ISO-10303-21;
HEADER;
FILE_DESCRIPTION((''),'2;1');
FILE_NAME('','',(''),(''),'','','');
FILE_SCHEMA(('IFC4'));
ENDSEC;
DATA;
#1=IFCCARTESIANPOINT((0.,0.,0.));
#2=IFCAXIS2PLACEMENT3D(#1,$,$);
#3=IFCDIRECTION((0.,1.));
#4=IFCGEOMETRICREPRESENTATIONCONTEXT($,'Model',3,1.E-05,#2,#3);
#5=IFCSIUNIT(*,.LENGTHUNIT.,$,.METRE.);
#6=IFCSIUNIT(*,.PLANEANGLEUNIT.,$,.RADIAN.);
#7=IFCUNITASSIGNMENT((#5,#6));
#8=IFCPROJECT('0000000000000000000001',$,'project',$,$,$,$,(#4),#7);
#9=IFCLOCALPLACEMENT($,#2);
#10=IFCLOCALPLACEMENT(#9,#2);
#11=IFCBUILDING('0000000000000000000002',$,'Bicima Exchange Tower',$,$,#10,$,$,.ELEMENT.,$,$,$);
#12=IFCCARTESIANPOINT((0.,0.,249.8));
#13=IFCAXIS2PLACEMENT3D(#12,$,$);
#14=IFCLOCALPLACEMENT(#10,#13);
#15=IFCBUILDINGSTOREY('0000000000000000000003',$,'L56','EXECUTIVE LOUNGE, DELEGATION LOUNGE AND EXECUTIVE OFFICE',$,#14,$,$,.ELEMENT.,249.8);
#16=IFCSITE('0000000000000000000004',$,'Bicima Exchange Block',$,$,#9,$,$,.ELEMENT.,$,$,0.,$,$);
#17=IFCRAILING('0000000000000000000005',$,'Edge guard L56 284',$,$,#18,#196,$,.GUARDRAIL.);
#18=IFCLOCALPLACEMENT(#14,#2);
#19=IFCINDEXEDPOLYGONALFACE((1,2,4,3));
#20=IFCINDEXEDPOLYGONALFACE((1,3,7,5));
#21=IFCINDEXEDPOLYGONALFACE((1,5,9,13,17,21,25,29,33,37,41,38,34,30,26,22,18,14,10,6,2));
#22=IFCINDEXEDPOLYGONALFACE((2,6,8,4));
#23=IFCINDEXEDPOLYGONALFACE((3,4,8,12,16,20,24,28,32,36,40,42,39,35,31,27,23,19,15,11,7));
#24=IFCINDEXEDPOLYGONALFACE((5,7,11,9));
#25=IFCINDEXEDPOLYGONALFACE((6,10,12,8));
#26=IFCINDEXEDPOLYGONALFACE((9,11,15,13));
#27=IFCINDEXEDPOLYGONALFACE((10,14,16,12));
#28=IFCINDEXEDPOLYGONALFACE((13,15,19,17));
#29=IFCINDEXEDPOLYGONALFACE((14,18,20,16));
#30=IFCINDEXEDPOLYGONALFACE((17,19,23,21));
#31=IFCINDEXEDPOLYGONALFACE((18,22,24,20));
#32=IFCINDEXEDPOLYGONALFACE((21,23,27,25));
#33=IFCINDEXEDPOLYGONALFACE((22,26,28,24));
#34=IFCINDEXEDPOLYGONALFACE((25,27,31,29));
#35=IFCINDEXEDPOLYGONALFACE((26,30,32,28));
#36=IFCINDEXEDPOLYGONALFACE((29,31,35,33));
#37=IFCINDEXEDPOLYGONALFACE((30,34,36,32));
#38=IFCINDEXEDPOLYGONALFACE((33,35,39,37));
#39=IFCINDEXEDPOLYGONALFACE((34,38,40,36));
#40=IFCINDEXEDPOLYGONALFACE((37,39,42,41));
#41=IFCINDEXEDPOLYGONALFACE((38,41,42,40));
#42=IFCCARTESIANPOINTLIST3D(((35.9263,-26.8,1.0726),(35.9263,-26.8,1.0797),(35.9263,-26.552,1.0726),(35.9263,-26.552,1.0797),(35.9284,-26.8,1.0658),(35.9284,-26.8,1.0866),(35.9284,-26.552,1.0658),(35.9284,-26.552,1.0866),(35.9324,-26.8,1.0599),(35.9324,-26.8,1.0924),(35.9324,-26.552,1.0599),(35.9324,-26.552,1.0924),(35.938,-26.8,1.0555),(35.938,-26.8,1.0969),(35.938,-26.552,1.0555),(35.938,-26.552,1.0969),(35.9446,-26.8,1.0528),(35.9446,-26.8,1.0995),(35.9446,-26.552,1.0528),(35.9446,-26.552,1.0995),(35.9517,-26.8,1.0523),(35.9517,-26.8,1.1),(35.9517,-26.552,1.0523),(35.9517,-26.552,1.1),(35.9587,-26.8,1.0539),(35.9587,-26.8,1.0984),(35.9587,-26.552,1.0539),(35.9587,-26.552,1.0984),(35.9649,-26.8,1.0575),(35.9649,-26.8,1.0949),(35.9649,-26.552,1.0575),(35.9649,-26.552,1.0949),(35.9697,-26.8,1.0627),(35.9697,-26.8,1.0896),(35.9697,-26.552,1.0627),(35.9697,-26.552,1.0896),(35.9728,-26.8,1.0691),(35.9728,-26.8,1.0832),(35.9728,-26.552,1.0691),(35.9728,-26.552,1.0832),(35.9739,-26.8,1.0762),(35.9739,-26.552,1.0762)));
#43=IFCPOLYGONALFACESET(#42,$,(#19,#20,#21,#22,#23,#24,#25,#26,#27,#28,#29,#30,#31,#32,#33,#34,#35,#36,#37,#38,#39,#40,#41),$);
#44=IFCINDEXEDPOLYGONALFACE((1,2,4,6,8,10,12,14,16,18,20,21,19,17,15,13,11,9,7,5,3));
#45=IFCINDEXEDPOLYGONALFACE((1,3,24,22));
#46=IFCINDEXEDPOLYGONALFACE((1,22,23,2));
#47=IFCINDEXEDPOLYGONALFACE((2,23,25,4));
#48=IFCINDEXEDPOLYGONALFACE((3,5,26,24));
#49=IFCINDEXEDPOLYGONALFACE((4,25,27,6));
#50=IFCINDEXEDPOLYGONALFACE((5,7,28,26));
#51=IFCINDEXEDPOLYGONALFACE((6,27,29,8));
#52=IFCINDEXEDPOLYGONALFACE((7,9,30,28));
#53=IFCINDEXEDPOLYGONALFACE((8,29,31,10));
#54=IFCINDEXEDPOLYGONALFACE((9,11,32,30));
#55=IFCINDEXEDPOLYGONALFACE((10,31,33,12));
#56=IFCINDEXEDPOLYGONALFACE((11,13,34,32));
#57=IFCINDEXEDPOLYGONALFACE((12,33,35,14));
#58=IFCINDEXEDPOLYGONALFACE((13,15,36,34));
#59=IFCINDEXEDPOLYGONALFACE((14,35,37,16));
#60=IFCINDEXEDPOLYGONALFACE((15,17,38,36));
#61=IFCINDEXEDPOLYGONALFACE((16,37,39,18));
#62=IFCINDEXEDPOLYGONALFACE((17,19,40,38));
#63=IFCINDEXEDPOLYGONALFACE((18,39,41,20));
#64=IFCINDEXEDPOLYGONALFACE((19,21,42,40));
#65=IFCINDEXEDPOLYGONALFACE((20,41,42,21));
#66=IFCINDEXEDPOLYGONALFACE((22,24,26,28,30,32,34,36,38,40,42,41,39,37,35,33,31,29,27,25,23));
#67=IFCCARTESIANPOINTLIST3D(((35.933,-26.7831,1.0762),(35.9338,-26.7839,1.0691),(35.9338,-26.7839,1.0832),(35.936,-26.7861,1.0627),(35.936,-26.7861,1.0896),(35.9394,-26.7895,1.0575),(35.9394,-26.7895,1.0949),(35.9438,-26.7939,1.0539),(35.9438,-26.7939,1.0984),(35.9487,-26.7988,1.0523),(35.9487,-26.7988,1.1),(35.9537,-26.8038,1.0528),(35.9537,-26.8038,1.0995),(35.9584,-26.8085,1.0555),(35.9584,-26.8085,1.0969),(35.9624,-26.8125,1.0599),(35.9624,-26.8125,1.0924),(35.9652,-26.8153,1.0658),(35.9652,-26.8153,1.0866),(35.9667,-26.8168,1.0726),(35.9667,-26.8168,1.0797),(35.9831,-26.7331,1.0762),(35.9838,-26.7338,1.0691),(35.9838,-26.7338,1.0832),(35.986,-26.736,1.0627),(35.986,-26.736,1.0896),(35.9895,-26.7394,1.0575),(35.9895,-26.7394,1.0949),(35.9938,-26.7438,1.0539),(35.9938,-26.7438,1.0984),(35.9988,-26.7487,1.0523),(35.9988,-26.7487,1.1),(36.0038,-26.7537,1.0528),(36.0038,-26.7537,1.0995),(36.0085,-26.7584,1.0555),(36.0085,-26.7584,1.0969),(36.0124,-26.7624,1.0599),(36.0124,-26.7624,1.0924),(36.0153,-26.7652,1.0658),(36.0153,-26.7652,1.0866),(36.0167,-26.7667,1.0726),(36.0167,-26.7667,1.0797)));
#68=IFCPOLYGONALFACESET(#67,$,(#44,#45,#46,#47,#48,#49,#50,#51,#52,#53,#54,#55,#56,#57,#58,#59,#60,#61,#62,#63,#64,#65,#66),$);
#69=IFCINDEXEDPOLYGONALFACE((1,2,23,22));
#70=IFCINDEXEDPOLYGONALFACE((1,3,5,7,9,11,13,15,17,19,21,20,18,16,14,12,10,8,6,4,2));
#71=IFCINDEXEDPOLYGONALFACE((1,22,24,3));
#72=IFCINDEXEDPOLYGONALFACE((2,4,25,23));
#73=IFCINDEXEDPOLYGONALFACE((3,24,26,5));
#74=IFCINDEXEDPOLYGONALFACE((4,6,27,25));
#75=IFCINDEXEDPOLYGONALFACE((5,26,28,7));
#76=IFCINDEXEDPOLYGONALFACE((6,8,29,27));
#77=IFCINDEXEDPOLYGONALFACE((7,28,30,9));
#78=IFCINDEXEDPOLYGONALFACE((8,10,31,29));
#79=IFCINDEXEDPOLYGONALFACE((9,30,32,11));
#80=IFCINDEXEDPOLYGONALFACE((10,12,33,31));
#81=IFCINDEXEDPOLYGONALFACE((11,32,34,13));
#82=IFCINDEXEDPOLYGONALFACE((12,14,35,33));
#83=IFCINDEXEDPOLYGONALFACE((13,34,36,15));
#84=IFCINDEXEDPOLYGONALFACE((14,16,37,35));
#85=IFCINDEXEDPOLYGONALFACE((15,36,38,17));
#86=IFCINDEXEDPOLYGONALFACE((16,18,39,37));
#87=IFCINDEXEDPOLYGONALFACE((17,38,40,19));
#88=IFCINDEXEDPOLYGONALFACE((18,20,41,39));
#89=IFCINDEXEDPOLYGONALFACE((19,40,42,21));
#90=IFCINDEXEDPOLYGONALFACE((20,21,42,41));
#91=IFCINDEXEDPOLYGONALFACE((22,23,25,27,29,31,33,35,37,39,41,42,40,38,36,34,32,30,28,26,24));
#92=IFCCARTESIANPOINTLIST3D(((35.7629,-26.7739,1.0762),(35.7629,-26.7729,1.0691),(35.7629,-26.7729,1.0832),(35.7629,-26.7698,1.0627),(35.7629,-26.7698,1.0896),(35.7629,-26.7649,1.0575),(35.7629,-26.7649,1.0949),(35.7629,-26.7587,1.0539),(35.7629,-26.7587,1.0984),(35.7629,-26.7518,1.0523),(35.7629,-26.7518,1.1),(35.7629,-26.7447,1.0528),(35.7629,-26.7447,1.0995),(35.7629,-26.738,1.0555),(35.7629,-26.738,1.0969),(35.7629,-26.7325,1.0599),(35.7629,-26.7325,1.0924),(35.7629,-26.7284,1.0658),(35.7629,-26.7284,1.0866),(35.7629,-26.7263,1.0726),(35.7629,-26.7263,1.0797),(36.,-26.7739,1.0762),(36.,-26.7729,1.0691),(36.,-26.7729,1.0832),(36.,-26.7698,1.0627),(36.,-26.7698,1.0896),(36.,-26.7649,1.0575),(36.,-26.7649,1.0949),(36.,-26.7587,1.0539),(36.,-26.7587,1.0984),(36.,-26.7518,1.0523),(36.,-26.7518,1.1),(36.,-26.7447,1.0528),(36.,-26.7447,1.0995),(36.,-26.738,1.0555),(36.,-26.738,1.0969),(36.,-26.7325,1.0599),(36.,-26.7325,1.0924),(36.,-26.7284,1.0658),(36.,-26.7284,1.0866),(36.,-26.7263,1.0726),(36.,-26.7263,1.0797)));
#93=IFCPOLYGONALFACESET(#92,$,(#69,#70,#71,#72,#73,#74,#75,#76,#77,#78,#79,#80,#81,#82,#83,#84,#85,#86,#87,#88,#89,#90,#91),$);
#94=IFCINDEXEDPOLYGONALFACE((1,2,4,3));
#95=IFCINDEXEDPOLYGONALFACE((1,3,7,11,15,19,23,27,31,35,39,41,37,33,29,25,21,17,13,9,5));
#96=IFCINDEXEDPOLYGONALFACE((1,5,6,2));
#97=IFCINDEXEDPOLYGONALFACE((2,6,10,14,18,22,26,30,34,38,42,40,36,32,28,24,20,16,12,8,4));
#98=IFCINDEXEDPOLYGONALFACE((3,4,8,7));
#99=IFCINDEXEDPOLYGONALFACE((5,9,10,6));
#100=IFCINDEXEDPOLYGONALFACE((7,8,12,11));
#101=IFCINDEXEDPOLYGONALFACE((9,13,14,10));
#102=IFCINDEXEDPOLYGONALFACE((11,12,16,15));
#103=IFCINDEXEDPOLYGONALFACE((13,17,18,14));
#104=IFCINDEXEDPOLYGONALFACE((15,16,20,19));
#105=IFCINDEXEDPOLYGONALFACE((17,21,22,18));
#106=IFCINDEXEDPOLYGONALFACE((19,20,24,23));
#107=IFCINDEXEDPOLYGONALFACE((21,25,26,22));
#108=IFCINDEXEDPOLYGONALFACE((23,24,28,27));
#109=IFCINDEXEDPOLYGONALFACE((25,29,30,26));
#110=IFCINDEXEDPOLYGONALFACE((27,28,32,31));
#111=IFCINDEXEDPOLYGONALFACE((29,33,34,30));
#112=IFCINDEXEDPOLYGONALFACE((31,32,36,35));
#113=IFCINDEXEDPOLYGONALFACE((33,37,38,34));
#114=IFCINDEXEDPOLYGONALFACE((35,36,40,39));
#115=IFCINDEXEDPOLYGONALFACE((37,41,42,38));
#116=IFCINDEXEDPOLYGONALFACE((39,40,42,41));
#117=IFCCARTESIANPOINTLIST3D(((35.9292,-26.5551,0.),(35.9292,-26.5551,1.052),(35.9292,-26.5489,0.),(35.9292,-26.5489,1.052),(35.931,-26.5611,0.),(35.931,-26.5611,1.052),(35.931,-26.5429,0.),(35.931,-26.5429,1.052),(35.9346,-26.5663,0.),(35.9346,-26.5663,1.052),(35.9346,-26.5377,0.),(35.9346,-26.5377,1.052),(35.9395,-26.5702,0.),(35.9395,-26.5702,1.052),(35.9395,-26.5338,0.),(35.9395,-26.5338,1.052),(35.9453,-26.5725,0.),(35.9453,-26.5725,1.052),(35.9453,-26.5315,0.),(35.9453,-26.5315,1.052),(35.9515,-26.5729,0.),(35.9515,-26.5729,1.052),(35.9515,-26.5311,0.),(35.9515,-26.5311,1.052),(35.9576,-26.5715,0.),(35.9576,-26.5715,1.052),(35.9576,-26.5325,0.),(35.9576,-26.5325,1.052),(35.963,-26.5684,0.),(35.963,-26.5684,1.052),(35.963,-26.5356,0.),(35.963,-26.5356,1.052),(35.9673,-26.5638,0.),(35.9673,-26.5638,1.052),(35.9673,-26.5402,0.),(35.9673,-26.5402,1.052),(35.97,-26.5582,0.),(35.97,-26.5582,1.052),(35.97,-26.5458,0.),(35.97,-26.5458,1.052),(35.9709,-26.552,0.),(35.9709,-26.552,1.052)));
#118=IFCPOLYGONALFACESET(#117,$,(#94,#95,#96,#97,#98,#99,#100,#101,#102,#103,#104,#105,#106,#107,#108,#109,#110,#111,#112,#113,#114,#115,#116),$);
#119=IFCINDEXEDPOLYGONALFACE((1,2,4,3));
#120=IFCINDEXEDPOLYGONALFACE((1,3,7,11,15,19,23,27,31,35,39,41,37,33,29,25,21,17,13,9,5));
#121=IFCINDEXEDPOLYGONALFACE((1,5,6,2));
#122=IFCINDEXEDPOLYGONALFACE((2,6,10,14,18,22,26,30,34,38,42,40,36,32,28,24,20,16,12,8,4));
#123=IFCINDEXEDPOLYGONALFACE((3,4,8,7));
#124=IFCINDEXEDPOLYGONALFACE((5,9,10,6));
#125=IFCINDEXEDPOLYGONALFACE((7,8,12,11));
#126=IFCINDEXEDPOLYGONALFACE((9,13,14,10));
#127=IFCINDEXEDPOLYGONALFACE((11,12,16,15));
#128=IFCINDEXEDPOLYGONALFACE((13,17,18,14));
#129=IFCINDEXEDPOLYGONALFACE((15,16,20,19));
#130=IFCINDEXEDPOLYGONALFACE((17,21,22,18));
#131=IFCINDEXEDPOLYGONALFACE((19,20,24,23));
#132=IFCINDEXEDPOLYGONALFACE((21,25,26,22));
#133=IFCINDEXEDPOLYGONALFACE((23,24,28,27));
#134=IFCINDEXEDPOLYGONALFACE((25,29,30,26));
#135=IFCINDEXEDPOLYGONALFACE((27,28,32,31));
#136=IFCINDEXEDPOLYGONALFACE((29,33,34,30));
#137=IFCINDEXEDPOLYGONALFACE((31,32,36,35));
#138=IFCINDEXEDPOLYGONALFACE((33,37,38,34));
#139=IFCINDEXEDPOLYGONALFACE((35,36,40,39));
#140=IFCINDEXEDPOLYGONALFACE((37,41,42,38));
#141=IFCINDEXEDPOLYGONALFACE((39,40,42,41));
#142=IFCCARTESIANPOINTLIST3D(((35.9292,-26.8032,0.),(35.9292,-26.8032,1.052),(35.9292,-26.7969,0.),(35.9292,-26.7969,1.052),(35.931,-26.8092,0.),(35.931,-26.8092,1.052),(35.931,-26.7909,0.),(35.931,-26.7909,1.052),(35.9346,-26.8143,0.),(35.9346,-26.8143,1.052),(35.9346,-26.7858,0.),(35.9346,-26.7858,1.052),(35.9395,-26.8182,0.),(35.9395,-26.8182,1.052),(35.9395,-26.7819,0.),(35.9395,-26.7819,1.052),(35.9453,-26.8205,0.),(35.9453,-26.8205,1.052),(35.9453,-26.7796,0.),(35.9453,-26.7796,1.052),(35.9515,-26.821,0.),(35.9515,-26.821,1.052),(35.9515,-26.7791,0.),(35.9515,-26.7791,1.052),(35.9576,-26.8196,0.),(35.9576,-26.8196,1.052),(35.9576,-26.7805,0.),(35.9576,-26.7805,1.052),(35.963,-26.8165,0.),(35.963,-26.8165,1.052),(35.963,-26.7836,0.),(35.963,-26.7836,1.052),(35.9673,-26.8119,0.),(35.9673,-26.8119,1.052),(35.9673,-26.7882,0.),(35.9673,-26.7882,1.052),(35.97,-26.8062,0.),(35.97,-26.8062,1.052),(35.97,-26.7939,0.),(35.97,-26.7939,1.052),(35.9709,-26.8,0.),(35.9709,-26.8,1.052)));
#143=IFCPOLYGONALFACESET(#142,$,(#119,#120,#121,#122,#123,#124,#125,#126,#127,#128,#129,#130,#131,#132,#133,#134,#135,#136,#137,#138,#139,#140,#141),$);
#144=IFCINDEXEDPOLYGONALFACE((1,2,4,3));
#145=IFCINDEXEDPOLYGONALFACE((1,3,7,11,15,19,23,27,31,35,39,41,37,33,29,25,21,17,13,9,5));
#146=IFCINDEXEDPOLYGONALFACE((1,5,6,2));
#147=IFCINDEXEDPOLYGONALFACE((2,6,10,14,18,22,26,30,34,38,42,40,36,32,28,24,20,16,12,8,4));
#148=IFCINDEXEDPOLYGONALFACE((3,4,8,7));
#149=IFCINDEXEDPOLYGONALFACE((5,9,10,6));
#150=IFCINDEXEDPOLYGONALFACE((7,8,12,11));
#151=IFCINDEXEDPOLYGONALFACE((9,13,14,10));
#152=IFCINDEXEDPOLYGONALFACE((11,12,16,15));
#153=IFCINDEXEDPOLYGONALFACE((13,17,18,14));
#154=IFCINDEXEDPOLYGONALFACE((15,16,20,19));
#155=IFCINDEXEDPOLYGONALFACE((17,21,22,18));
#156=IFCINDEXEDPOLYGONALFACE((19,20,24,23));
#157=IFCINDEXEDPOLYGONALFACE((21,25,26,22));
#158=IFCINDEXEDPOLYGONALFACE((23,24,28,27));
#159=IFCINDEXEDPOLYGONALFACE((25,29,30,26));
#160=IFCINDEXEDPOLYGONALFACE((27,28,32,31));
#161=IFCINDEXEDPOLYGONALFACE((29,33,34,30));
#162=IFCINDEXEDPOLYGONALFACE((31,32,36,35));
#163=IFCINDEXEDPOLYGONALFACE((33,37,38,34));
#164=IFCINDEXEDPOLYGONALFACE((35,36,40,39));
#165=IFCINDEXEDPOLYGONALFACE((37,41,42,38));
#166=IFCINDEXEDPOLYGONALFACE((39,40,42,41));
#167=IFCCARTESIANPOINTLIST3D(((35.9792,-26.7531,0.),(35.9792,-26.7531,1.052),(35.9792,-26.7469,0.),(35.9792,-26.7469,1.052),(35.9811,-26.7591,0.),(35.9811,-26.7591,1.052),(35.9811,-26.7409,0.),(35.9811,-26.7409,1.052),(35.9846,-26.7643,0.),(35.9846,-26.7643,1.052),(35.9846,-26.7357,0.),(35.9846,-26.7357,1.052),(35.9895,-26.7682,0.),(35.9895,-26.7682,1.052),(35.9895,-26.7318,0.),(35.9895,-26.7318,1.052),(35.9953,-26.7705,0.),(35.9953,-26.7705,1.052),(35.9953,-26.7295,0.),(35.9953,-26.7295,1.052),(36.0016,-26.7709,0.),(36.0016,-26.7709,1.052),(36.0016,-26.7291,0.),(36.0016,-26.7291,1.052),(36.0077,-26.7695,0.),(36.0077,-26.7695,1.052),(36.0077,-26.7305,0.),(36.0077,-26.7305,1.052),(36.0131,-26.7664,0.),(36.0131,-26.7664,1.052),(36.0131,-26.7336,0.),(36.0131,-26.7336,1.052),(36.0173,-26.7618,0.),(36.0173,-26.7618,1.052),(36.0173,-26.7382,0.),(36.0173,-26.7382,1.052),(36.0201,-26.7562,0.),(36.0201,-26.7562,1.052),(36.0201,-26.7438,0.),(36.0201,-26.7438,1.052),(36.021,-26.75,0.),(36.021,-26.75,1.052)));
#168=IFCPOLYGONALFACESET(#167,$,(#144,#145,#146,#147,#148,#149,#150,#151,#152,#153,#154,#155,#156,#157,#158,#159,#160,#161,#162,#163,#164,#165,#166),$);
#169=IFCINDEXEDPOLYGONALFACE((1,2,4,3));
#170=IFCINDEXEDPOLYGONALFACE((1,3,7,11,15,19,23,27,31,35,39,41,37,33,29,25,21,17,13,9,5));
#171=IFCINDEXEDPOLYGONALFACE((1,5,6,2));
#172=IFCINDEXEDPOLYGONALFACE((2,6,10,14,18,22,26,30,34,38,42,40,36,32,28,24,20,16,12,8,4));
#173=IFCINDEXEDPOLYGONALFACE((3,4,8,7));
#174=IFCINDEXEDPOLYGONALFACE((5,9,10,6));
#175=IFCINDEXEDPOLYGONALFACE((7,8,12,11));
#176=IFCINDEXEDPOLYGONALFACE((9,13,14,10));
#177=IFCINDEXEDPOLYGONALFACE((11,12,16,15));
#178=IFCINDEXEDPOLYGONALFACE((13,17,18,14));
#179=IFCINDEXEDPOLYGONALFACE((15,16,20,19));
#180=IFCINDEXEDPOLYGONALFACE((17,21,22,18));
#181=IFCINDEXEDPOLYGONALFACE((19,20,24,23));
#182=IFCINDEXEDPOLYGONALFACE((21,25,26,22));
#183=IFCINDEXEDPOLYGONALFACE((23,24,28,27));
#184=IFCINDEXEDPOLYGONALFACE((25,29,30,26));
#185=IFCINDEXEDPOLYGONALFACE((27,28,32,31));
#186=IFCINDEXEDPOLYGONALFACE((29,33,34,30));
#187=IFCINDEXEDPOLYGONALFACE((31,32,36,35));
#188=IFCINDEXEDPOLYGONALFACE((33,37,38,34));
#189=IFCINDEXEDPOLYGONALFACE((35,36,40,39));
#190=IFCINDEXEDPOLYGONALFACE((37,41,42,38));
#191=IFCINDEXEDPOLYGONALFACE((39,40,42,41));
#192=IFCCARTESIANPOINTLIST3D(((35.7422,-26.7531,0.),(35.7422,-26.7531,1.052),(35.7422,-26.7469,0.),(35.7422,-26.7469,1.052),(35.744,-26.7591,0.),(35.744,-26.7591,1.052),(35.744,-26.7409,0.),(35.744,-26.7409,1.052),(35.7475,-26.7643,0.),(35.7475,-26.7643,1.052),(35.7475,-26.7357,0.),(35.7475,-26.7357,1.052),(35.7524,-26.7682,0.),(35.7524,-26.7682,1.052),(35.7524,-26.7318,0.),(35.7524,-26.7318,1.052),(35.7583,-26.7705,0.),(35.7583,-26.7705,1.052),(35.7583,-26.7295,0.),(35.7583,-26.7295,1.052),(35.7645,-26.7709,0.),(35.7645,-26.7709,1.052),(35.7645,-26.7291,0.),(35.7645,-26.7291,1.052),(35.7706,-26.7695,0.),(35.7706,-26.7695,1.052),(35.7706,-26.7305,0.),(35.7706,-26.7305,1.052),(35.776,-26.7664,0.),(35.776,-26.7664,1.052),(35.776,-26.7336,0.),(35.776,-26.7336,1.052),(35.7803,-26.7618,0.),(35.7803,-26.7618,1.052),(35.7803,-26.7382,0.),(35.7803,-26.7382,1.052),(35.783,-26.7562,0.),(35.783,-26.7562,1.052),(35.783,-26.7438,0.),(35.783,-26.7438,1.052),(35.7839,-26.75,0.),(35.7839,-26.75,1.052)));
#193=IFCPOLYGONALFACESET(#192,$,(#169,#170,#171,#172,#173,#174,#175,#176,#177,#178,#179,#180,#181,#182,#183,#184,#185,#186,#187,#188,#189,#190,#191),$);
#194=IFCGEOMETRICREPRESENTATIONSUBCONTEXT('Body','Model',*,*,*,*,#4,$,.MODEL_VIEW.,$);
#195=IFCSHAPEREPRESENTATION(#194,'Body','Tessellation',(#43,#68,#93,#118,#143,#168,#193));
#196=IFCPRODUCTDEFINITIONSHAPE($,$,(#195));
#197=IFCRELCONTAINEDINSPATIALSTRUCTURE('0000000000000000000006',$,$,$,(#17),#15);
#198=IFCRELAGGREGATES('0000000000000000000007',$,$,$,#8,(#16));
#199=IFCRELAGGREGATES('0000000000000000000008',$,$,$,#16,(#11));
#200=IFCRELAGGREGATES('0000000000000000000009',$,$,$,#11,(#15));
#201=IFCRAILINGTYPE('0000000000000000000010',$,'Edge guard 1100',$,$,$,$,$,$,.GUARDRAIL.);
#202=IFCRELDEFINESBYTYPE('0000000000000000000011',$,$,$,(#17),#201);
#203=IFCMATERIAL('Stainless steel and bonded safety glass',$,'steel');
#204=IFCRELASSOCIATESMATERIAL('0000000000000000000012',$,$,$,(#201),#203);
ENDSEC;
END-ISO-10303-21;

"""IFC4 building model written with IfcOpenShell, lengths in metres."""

from ifc_helpers import new_model, si_unit, direction, frame, origin, origin_2d, place, context, subcontext, project, spatial, circle, extrude, material, type_object, element, save


model = new_model("IFC4")

# Units and contexts
model_context = context("Model", 3, precision=1e-05, world=origin(), true_north=direction((0.0, 1.0)))
body_context = subcontext(model_context, "Body", "Model", "MODEL_VIEW")
ifc_project = project(units=[si_unit("LENGTHUNIT", "METRE"), si_unit("PLANEANGLEUNIT", "RADIAN")], contexts=[model_context])

# Site, building, storey
site_placement = place(None, origin())
site = spatial("IfcSite", under=ifc_project, at=site_placement, Name="Bicima Exchange Block", CompositionType="ELEMENT", RefElevation=0.0)
building_placement = place(site_placement, origin())
building = spatial("IfcBuilding", under=site, at=building_placement, Name="Bicima Exchange Tower", CompositionType="ELEMENT")
storey_placement = place(building_placement, frame((0.0, 0.0, 249.8)))
storey = spatial("IfcBuildingStorey", under=building, at=storey_placement, Name="L56", Description="EXECUTIVE LOUNGE, DELEGATION LOUNGE AND EXECUTIVE OFFICE", CompositionType="ELEMENT", Elevation=249.8)

# Railing
ifc_material_1 = material(Name="Stainless steel and bonded safety glass", Category="steel")
railing_type = type_object("IfcRailingType", Name="Edge guard 1100", PredefinedType="GUARDRAIL", material=ifc_material_1)
railing_1_placement = place(storey_placement, frame((35.95, -26.552, 0.0)))
element("IfcRailing", 1, at=railing_1_placement, inside=storey, type_object=railing_type, Name="Edge guard L56 284", PredefinedType="GUARDRAIL", context=body_context, shape_type="SweptSolid", body=[
    extrude(circle(Radius=0.0239, at=origin_2d()), frame((0.0, 0.0, 1.0762), z_axis=(0.0, -1.0, 0.0), x_axis=(1.0, 0.0, 0.0)), (0.0, 0.0, 1.0), 0.248),
    extrude(circle(Radius=0.0239, at=origin_2d()), frame((0.0, -0.248, 1.0762), z_axis=(0.707107, 0.707107, 0.0), x_axis=(-0.707107, 0.707107, 0.0)), (0.0, 0.0, 1.0), 0.0708),
    extrude(circle(Radius=0.0239, at=origin_2d()), frame((0.05, -0.198, 1.0762), z_axis=(-1.0, 0.0, 0.0), x_axis=(0.0, -1.0, 0.0)), (0.0, 0.0, 1.0), 0.2371),
    extrude(circle(Radius=0.021, at=origin_2d()), origin(), (0.0, 0.0, 1.0), 1.052),
    extrude(circle(Radius=0.021, at=origin_2d()), frame((0.0, -0.248, 0.0)), (0.0, 0.0, 1.0), 1.052),
    extrude(circle(Radius=0.021, at=origin_2d()), frame((0.05, -0.198, 0.0)), (0.0, 0.0, 1.0), 1.052),
    extrude(circle(Radius=0.021, at=origin_2d()), frame((-0.187, -0.198, 0.0)), (0.0, 0.0, 1.0), 1.052),
])

save(model, "model.ifc")
